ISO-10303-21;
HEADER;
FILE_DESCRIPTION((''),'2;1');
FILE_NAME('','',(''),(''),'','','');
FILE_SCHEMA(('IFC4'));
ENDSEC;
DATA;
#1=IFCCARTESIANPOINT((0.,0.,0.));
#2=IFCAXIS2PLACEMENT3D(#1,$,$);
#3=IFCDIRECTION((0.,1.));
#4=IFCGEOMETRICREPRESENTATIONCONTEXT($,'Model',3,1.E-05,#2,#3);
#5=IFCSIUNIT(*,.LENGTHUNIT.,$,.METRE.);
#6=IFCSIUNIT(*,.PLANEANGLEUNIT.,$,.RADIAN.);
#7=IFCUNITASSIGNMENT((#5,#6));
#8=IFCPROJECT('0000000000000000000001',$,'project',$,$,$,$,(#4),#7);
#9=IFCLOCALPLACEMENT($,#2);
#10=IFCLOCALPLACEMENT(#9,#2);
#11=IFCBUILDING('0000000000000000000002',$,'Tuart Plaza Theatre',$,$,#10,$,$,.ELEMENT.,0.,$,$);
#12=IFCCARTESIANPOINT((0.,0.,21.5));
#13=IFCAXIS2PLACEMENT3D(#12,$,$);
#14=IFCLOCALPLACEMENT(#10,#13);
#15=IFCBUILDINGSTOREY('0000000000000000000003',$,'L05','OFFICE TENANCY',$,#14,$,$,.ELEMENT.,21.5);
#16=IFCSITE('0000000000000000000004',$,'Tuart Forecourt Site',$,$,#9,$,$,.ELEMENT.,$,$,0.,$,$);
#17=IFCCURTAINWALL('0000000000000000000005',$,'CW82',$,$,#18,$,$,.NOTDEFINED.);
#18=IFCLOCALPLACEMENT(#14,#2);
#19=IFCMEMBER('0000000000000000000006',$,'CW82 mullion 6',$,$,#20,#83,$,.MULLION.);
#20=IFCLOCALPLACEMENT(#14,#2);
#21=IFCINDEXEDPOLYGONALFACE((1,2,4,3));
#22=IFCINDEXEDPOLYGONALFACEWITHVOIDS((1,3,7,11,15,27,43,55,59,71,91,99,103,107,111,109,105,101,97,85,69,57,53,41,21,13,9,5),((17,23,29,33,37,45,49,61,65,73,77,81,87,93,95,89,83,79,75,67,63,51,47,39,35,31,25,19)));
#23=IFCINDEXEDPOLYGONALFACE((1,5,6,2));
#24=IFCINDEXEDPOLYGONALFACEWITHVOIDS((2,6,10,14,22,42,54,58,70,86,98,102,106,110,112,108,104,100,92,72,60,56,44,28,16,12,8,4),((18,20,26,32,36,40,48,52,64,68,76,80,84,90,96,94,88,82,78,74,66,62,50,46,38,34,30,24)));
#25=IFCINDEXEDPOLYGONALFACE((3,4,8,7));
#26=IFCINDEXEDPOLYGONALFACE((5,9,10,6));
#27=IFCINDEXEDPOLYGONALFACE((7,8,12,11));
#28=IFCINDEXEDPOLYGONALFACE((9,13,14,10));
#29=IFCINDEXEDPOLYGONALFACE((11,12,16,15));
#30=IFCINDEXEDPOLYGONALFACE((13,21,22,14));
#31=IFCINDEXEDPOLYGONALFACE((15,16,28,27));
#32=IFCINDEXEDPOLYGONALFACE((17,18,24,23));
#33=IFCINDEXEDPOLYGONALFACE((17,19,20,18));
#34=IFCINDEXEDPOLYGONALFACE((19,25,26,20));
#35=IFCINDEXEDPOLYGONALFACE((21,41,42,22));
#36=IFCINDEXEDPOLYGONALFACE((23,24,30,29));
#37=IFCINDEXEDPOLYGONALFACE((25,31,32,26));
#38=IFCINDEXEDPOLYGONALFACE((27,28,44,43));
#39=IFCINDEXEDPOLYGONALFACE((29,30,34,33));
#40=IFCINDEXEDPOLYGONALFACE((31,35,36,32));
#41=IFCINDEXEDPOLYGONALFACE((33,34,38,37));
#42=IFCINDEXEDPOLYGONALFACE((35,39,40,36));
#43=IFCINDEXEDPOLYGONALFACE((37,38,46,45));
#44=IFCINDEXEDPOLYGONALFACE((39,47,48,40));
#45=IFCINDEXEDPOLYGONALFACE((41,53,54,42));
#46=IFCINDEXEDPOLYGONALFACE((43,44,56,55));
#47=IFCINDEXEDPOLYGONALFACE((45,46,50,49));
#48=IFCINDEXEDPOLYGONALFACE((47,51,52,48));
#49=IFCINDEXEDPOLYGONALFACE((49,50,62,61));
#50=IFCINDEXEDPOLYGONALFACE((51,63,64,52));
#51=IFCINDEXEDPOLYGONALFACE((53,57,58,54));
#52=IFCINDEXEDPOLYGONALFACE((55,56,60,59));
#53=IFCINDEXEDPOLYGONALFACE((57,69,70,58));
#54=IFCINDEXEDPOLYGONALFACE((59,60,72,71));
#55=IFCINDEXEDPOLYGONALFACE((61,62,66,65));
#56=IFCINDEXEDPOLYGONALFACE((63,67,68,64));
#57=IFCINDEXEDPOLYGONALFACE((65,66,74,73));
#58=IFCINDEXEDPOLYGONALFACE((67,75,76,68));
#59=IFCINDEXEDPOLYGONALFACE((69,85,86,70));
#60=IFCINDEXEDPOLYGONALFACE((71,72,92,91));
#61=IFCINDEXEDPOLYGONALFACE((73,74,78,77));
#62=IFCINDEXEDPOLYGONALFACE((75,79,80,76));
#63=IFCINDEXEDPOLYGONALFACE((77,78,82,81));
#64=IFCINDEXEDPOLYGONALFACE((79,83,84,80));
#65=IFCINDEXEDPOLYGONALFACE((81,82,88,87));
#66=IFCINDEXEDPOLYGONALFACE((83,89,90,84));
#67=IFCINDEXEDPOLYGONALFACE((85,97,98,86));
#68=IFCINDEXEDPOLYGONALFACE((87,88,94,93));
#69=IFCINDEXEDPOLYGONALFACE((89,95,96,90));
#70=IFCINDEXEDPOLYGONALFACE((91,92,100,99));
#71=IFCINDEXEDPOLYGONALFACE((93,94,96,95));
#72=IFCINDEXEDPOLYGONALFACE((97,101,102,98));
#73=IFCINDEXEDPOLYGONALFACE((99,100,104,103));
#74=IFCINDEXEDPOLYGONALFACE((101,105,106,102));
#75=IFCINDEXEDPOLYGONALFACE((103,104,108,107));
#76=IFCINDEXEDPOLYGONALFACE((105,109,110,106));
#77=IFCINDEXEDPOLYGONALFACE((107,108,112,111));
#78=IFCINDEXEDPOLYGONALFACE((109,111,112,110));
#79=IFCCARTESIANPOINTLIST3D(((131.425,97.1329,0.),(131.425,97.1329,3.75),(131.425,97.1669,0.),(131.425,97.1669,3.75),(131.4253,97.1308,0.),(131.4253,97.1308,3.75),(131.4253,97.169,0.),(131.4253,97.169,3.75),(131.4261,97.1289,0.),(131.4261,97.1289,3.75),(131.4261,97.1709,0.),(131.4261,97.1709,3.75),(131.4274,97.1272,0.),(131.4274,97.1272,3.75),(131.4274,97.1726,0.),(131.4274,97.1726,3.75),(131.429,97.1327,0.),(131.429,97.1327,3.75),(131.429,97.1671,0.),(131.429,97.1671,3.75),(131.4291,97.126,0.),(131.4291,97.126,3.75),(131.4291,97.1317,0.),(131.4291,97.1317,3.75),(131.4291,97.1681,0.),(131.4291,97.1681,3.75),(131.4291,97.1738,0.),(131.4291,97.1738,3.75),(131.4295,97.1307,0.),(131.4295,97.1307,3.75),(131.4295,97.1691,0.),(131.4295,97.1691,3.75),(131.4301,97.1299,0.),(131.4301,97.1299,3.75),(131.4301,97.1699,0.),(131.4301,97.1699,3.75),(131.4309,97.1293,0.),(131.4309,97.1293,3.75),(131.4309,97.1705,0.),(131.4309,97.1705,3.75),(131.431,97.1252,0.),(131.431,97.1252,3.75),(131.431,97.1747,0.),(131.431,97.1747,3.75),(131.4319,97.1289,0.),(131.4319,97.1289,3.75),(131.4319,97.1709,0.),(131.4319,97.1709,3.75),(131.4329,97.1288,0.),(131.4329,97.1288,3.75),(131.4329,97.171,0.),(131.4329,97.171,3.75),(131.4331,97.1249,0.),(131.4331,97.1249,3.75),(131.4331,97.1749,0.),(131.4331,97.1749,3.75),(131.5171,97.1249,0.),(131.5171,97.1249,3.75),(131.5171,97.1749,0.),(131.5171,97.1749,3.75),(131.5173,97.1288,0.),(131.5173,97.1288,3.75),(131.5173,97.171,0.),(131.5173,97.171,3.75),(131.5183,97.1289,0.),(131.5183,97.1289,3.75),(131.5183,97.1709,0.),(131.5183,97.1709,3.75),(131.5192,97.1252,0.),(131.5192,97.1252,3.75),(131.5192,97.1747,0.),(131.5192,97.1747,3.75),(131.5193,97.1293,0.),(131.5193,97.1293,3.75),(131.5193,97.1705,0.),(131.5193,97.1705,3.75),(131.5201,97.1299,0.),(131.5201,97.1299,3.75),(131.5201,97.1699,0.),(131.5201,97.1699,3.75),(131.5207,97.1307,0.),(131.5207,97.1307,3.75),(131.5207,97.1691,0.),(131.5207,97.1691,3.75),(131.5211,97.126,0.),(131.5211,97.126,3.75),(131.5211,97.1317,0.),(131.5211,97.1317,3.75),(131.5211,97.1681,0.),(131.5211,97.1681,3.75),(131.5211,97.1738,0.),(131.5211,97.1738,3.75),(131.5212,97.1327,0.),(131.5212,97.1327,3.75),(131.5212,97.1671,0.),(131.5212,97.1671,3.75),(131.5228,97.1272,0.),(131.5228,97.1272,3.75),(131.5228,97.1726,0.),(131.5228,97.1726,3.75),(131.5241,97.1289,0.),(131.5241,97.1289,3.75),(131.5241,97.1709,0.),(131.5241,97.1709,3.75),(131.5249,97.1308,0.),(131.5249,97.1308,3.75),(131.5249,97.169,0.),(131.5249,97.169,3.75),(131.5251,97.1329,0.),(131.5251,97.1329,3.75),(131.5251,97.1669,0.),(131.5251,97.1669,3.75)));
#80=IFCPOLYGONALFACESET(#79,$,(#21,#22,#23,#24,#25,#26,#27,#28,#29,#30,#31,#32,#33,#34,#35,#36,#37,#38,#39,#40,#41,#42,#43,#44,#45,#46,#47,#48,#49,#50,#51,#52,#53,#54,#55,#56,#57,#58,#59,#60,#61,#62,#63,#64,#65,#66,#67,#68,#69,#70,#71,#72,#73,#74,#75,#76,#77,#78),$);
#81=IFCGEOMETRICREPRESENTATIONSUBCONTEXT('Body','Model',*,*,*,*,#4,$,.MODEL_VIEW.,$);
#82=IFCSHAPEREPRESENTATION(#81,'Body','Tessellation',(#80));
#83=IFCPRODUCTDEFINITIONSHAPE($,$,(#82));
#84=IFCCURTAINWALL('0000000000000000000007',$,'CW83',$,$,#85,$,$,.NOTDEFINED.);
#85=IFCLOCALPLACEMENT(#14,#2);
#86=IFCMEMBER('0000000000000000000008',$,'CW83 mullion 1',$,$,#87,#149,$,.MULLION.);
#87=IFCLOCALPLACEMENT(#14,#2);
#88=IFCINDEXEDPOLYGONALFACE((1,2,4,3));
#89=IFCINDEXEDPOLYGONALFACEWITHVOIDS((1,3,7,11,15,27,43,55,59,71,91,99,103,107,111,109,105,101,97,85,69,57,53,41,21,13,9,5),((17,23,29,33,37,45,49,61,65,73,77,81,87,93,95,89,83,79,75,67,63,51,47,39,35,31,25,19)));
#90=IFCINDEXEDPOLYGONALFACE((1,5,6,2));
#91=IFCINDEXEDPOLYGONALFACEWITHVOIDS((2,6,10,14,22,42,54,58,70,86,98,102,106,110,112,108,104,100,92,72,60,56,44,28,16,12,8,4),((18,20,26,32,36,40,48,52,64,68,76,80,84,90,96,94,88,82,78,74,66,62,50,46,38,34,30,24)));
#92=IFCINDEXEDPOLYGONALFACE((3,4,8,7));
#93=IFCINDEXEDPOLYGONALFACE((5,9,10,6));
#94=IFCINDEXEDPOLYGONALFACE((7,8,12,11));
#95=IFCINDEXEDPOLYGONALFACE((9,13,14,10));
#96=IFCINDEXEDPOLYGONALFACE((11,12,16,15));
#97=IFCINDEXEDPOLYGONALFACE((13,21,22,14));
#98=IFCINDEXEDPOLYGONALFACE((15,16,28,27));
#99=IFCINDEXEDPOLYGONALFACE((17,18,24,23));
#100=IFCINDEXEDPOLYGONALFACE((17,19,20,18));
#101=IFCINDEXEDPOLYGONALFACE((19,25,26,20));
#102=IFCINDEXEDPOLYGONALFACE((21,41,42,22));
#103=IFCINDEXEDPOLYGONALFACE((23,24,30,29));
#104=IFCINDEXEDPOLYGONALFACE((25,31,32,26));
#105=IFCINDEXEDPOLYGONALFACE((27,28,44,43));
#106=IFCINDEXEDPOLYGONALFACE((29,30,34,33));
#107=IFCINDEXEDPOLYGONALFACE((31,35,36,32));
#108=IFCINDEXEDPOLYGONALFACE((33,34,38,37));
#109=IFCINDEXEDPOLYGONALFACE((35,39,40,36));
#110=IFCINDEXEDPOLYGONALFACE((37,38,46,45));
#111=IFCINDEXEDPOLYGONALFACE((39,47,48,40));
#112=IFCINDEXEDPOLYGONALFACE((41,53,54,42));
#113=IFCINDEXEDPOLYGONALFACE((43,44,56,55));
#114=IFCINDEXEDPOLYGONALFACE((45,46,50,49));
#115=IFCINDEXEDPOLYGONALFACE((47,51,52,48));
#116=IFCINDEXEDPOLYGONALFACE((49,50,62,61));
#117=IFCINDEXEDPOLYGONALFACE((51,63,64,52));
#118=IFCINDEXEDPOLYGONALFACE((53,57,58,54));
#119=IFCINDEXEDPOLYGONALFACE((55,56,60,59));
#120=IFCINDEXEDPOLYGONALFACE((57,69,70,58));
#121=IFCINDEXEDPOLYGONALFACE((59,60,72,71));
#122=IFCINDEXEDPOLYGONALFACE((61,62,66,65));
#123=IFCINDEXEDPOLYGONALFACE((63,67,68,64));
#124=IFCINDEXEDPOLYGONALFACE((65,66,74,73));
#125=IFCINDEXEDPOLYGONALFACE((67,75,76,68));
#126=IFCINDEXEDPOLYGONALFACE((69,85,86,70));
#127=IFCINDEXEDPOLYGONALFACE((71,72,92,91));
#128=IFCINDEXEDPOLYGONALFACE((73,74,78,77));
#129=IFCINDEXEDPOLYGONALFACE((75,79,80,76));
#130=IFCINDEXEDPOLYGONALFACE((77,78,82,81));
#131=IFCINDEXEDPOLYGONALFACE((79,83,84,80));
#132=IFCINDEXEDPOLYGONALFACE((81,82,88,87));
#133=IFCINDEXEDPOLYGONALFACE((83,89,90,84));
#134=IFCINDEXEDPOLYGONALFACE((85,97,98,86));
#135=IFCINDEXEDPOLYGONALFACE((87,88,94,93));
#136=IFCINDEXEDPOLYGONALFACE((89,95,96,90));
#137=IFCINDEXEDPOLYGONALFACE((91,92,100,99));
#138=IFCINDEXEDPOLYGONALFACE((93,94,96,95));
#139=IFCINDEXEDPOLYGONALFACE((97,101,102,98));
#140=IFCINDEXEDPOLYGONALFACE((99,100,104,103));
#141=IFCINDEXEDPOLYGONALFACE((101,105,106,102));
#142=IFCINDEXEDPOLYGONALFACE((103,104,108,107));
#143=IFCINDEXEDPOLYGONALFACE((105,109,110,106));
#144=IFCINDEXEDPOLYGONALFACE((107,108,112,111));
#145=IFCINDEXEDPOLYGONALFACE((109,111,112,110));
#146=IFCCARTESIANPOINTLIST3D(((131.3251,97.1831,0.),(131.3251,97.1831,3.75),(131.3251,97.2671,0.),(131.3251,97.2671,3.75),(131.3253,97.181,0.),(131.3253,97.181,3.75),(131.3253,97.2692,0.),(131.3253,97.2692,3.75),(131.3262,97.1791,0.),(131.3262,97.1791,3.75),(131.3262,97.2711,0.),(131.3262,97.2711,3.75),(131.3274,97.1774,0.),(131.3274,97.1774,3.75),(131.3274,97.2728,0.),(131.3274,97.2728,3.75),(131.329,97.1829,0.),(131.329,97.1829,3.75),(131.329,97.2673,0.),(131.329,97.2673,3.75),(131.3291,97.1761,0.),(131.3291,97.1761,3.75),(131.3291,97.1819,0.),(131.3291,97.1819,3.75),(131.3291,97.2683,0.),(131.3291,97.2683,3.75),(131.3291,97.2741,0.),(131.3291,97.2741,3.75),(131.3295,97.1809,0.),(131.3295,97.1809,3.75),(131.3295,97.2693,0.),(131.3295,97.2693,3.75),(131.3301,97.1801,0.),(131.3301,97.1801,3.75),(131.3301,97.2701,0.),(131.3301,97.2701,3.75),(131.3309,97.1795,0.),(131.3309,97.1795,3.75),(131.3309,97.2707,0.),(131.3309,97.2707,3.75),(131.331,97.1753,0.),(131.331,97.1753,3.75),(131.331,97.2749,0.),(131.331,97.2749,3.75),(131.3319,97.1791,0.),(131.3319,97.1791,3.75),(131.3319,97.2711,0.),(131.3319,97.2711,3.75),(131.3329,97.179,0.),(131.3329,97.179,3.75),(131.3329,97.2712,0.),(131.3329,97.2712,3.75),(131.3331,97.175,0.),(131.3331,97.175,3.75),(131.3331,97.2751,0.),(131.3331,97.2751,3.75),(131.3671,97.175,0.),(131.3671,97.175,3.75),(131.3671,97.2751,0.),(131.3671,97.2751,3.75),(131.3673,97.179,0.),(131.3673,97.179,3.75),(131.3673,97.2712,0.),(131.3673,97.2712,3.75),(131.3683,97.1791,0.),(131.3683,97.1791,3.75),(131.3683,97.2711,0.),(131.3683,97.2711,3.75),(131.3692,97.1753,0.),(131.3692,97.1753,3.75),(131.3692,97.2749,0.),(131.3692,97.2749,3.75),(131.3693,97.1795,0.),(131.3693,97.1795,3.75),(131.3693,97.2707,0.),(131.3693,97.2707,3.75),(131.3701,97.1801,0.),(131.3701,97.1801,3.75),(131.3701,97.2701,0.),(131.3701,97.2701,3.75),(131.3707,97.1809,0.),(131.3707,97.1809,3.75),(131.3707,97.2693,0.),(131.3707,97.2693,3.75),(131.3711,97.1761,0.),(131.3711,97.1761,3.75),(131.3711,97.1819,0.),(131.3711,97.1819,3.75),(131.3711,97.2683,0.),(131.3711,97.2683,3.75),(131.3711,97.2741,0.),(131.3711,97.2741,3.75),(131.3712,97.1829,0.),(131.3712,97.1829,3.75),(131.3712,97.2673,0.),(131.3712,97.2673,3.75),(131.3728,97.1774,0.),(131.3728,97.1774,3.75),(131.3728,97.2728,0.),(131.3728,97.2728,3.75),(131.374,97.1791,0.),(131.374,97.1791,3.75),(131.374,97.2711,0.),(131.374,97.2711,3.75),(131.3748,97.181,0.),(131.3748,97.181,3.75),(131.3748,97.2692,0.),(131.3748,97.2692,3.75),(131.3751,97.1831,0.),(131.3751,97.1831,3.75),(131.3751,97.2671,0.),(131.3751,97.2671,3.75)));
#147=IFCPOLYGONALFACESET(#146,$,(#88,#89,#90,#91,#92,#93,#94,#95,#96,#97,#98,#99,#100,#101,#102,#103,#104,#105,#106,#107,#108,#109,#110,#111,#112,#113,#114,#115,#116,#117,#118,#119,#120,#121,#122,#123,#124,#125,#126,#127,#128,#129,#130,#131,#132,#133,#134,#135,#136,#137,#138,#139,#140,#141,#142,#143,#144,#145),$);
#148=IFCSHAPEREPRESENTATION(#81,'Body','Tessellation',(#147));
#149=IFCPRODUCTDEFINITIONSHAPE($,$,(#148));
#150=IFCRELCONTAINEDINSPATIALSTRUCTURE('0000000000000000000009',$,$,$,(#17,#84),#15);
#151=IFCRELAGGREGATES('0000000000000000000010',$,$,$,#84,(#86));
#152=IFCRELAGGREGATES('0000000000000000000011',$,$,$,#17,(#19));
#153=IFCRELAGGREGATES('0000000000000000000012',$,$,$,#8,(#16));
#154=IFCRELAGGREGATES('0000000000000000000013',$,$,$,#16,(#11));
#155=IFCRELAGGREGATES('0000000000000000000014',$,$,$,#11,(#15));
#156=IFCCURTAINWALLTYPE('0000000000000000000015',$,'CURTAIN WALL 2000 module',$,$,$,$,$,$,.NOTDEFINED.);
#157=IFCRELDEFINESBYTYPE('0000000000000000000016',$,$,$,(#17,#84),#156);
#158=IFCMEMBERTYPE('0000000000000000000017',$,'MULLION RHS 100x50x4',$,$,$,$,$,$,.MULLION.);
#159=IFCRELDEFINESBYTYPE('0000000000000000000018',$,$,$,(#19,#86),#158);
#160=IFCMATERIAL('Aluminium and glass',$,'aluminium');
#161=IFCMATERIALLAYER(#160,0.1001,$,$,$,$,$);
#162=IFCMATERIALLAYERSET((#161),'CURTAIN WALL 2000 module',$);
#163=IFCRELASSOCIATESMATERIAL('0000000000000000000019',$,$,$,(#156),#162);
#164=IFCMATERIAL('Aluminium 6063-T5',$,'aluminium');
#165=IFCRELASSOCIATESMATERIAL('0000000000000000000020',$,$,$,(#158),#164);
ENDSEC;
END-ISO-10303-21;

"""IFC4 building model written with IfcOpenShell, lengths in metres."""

from ifc_helpers import new_model, si_unit, direction, frame, origin, origin_2d, place, context, subcontext, project, spatial, hollow_rectangle, extrude, material, layer, layer_set, material_profile, profile_set, type_object, element, aggregate, save


model = new_model("IFC4")

# Units and contexts
model_context = context("Model", 3, precision=1e-05, world=origin(), true_north=direction((0.0, 1.0)))
body_context = subcontext(model_context, "Body", "Model", "MODEL_VIEW")
ifc_project = project(units=[si_unit("LENGTHUNIT", "METRE"), si_unit("PLANEANGLEUNIT", "RADIAN")], contexts=[model_context])

# Site, building, storey
site_placement = place(None, origin())
site = spatial("IfcSite", under=ifc_project, at=site_placement, Name="Tuart Forecourt Site", CompositionType="ELEMENT", RefElevation=0.0)
building_placement = place(site_placement, origin())
building = spatial("IfcBuilding", under=site, at=building_placement, Name="Tuart Plaza Theatre", CompositionType="ELEMENT", ElevationOfRefHeight=0.0)
storey_placement = place(building_placement, frame((0.0, 0.0, 21.5)))
storey = spatial("IfcBuildingStorey", under=building, at=storey_placement, Name="L05", Description="OFFICE TENANCY", CompositionType="ELEMENT", Elevation=21.5)

# Curtain wall, member
ifc_material_1 = material(Name="Aluminium and glass", Category="aluminium")
ifc_layer_1 = layer(ifc_material_1, 0.1001)
ifc_layer_set_1 = layer_set([ifc_layer_1], Name="CURTAIN WALL 2000 module")
curtain_wall_type = type_object("IfcCurtainWallType", Name="CURTAIN WALL 2000 module", PredefinedType="NOTDEFINED", material=ifc_layer_set_1)
curtain_wall_1_placement = place(storey_placement, origin())
curtain_wall_1 = element("IfcCurtainWall", 1, at=curtain_wall_1_placement, inside=storey, type_object=curtain_wall_type, Name="CW82", PredefinedType="NOTDEFINED")
ifc_material_2 = material(Name="Aluminium 6063-T5", Category="aluminium")
ifc_material_profile_1 = material_profile(ifc_material_2, hollow_rectangle(XDim=0.05, YDim=0.1001, WallThickness=0.0039, InnerFilletRadius=0.0039, OuterFilletRadius=0.0081, at=origin_2d()), Name="RHS 100x50x4")
ifc_profile_set_1 = profile_set([ifc_material_profile_1], Name="Aluminium 6063-T5")
member_type_1 = type_object("IfcMemberType", Name="MULLION RHS 100x50x4", PredefinedType="MULLION", material=ifc_profile_set_1)
member_1_placement = place(storey_placement, frame((131.4751, 97.1499, 0.0), z_axis=(0.0, 0.0, 1.0), x_axis=(0.0, -1.0, 0.0)))
member_1 = element("IfcMember", 2, at=member_1_placement, type_object=member_type_1, Name="CW82 mullion 6", PredefinedType="MULLION", context=body_context, shape_type="SweptSolid", body=[
    extrude(hollow_rectangle(XDim=0.05, YDim=0.1001, WallThickness=0.0039, InnerFilletRadius=0.0039, OuterFilletRadius=0.0081, at=origin_2d()), origin(), (0.0, 0.0, 1.0), 3.75),
])

# Curtain wall, member
curtain_wall_2_placement = place(storey_placement, origin())
curtain_wall_2 = element("IfcCurtainWall", 3, at=curtain_wall_2_placement, inside=storey, type_object=curtain_wall_type, Name="CW83", PredefinedType="NOTDEFINED")
member_2_placement = place(storey_placement, frame((131.3501, 97.2251, 0.0), z_axis=(0.0, 0.0, 1.0), x_axis=(1.0, 0.0, 0.0)))
member_2 = element("IfcMember", 4, at=member_2_placement, type_object=member_type_1, Name="CW83 mullion 1", PredefinedType="MULLION", context=body_context, shape_type="SweptSolid", body=[
    extrude(hollow_rectangle(XDim=0.05, YDim=0.1001, WallThickness=0.0039, InnerFilletRadius=0.0039, OuterFilletRadius=0.0081, at=origin_2d()), origin(), (0.0, 0.0, 1.0), 3.75),
])
aggregate(curtain_wall_2, [member_2])

aggregate(curtain_wall_1, [member_1])

save(model, "model.ifc")
